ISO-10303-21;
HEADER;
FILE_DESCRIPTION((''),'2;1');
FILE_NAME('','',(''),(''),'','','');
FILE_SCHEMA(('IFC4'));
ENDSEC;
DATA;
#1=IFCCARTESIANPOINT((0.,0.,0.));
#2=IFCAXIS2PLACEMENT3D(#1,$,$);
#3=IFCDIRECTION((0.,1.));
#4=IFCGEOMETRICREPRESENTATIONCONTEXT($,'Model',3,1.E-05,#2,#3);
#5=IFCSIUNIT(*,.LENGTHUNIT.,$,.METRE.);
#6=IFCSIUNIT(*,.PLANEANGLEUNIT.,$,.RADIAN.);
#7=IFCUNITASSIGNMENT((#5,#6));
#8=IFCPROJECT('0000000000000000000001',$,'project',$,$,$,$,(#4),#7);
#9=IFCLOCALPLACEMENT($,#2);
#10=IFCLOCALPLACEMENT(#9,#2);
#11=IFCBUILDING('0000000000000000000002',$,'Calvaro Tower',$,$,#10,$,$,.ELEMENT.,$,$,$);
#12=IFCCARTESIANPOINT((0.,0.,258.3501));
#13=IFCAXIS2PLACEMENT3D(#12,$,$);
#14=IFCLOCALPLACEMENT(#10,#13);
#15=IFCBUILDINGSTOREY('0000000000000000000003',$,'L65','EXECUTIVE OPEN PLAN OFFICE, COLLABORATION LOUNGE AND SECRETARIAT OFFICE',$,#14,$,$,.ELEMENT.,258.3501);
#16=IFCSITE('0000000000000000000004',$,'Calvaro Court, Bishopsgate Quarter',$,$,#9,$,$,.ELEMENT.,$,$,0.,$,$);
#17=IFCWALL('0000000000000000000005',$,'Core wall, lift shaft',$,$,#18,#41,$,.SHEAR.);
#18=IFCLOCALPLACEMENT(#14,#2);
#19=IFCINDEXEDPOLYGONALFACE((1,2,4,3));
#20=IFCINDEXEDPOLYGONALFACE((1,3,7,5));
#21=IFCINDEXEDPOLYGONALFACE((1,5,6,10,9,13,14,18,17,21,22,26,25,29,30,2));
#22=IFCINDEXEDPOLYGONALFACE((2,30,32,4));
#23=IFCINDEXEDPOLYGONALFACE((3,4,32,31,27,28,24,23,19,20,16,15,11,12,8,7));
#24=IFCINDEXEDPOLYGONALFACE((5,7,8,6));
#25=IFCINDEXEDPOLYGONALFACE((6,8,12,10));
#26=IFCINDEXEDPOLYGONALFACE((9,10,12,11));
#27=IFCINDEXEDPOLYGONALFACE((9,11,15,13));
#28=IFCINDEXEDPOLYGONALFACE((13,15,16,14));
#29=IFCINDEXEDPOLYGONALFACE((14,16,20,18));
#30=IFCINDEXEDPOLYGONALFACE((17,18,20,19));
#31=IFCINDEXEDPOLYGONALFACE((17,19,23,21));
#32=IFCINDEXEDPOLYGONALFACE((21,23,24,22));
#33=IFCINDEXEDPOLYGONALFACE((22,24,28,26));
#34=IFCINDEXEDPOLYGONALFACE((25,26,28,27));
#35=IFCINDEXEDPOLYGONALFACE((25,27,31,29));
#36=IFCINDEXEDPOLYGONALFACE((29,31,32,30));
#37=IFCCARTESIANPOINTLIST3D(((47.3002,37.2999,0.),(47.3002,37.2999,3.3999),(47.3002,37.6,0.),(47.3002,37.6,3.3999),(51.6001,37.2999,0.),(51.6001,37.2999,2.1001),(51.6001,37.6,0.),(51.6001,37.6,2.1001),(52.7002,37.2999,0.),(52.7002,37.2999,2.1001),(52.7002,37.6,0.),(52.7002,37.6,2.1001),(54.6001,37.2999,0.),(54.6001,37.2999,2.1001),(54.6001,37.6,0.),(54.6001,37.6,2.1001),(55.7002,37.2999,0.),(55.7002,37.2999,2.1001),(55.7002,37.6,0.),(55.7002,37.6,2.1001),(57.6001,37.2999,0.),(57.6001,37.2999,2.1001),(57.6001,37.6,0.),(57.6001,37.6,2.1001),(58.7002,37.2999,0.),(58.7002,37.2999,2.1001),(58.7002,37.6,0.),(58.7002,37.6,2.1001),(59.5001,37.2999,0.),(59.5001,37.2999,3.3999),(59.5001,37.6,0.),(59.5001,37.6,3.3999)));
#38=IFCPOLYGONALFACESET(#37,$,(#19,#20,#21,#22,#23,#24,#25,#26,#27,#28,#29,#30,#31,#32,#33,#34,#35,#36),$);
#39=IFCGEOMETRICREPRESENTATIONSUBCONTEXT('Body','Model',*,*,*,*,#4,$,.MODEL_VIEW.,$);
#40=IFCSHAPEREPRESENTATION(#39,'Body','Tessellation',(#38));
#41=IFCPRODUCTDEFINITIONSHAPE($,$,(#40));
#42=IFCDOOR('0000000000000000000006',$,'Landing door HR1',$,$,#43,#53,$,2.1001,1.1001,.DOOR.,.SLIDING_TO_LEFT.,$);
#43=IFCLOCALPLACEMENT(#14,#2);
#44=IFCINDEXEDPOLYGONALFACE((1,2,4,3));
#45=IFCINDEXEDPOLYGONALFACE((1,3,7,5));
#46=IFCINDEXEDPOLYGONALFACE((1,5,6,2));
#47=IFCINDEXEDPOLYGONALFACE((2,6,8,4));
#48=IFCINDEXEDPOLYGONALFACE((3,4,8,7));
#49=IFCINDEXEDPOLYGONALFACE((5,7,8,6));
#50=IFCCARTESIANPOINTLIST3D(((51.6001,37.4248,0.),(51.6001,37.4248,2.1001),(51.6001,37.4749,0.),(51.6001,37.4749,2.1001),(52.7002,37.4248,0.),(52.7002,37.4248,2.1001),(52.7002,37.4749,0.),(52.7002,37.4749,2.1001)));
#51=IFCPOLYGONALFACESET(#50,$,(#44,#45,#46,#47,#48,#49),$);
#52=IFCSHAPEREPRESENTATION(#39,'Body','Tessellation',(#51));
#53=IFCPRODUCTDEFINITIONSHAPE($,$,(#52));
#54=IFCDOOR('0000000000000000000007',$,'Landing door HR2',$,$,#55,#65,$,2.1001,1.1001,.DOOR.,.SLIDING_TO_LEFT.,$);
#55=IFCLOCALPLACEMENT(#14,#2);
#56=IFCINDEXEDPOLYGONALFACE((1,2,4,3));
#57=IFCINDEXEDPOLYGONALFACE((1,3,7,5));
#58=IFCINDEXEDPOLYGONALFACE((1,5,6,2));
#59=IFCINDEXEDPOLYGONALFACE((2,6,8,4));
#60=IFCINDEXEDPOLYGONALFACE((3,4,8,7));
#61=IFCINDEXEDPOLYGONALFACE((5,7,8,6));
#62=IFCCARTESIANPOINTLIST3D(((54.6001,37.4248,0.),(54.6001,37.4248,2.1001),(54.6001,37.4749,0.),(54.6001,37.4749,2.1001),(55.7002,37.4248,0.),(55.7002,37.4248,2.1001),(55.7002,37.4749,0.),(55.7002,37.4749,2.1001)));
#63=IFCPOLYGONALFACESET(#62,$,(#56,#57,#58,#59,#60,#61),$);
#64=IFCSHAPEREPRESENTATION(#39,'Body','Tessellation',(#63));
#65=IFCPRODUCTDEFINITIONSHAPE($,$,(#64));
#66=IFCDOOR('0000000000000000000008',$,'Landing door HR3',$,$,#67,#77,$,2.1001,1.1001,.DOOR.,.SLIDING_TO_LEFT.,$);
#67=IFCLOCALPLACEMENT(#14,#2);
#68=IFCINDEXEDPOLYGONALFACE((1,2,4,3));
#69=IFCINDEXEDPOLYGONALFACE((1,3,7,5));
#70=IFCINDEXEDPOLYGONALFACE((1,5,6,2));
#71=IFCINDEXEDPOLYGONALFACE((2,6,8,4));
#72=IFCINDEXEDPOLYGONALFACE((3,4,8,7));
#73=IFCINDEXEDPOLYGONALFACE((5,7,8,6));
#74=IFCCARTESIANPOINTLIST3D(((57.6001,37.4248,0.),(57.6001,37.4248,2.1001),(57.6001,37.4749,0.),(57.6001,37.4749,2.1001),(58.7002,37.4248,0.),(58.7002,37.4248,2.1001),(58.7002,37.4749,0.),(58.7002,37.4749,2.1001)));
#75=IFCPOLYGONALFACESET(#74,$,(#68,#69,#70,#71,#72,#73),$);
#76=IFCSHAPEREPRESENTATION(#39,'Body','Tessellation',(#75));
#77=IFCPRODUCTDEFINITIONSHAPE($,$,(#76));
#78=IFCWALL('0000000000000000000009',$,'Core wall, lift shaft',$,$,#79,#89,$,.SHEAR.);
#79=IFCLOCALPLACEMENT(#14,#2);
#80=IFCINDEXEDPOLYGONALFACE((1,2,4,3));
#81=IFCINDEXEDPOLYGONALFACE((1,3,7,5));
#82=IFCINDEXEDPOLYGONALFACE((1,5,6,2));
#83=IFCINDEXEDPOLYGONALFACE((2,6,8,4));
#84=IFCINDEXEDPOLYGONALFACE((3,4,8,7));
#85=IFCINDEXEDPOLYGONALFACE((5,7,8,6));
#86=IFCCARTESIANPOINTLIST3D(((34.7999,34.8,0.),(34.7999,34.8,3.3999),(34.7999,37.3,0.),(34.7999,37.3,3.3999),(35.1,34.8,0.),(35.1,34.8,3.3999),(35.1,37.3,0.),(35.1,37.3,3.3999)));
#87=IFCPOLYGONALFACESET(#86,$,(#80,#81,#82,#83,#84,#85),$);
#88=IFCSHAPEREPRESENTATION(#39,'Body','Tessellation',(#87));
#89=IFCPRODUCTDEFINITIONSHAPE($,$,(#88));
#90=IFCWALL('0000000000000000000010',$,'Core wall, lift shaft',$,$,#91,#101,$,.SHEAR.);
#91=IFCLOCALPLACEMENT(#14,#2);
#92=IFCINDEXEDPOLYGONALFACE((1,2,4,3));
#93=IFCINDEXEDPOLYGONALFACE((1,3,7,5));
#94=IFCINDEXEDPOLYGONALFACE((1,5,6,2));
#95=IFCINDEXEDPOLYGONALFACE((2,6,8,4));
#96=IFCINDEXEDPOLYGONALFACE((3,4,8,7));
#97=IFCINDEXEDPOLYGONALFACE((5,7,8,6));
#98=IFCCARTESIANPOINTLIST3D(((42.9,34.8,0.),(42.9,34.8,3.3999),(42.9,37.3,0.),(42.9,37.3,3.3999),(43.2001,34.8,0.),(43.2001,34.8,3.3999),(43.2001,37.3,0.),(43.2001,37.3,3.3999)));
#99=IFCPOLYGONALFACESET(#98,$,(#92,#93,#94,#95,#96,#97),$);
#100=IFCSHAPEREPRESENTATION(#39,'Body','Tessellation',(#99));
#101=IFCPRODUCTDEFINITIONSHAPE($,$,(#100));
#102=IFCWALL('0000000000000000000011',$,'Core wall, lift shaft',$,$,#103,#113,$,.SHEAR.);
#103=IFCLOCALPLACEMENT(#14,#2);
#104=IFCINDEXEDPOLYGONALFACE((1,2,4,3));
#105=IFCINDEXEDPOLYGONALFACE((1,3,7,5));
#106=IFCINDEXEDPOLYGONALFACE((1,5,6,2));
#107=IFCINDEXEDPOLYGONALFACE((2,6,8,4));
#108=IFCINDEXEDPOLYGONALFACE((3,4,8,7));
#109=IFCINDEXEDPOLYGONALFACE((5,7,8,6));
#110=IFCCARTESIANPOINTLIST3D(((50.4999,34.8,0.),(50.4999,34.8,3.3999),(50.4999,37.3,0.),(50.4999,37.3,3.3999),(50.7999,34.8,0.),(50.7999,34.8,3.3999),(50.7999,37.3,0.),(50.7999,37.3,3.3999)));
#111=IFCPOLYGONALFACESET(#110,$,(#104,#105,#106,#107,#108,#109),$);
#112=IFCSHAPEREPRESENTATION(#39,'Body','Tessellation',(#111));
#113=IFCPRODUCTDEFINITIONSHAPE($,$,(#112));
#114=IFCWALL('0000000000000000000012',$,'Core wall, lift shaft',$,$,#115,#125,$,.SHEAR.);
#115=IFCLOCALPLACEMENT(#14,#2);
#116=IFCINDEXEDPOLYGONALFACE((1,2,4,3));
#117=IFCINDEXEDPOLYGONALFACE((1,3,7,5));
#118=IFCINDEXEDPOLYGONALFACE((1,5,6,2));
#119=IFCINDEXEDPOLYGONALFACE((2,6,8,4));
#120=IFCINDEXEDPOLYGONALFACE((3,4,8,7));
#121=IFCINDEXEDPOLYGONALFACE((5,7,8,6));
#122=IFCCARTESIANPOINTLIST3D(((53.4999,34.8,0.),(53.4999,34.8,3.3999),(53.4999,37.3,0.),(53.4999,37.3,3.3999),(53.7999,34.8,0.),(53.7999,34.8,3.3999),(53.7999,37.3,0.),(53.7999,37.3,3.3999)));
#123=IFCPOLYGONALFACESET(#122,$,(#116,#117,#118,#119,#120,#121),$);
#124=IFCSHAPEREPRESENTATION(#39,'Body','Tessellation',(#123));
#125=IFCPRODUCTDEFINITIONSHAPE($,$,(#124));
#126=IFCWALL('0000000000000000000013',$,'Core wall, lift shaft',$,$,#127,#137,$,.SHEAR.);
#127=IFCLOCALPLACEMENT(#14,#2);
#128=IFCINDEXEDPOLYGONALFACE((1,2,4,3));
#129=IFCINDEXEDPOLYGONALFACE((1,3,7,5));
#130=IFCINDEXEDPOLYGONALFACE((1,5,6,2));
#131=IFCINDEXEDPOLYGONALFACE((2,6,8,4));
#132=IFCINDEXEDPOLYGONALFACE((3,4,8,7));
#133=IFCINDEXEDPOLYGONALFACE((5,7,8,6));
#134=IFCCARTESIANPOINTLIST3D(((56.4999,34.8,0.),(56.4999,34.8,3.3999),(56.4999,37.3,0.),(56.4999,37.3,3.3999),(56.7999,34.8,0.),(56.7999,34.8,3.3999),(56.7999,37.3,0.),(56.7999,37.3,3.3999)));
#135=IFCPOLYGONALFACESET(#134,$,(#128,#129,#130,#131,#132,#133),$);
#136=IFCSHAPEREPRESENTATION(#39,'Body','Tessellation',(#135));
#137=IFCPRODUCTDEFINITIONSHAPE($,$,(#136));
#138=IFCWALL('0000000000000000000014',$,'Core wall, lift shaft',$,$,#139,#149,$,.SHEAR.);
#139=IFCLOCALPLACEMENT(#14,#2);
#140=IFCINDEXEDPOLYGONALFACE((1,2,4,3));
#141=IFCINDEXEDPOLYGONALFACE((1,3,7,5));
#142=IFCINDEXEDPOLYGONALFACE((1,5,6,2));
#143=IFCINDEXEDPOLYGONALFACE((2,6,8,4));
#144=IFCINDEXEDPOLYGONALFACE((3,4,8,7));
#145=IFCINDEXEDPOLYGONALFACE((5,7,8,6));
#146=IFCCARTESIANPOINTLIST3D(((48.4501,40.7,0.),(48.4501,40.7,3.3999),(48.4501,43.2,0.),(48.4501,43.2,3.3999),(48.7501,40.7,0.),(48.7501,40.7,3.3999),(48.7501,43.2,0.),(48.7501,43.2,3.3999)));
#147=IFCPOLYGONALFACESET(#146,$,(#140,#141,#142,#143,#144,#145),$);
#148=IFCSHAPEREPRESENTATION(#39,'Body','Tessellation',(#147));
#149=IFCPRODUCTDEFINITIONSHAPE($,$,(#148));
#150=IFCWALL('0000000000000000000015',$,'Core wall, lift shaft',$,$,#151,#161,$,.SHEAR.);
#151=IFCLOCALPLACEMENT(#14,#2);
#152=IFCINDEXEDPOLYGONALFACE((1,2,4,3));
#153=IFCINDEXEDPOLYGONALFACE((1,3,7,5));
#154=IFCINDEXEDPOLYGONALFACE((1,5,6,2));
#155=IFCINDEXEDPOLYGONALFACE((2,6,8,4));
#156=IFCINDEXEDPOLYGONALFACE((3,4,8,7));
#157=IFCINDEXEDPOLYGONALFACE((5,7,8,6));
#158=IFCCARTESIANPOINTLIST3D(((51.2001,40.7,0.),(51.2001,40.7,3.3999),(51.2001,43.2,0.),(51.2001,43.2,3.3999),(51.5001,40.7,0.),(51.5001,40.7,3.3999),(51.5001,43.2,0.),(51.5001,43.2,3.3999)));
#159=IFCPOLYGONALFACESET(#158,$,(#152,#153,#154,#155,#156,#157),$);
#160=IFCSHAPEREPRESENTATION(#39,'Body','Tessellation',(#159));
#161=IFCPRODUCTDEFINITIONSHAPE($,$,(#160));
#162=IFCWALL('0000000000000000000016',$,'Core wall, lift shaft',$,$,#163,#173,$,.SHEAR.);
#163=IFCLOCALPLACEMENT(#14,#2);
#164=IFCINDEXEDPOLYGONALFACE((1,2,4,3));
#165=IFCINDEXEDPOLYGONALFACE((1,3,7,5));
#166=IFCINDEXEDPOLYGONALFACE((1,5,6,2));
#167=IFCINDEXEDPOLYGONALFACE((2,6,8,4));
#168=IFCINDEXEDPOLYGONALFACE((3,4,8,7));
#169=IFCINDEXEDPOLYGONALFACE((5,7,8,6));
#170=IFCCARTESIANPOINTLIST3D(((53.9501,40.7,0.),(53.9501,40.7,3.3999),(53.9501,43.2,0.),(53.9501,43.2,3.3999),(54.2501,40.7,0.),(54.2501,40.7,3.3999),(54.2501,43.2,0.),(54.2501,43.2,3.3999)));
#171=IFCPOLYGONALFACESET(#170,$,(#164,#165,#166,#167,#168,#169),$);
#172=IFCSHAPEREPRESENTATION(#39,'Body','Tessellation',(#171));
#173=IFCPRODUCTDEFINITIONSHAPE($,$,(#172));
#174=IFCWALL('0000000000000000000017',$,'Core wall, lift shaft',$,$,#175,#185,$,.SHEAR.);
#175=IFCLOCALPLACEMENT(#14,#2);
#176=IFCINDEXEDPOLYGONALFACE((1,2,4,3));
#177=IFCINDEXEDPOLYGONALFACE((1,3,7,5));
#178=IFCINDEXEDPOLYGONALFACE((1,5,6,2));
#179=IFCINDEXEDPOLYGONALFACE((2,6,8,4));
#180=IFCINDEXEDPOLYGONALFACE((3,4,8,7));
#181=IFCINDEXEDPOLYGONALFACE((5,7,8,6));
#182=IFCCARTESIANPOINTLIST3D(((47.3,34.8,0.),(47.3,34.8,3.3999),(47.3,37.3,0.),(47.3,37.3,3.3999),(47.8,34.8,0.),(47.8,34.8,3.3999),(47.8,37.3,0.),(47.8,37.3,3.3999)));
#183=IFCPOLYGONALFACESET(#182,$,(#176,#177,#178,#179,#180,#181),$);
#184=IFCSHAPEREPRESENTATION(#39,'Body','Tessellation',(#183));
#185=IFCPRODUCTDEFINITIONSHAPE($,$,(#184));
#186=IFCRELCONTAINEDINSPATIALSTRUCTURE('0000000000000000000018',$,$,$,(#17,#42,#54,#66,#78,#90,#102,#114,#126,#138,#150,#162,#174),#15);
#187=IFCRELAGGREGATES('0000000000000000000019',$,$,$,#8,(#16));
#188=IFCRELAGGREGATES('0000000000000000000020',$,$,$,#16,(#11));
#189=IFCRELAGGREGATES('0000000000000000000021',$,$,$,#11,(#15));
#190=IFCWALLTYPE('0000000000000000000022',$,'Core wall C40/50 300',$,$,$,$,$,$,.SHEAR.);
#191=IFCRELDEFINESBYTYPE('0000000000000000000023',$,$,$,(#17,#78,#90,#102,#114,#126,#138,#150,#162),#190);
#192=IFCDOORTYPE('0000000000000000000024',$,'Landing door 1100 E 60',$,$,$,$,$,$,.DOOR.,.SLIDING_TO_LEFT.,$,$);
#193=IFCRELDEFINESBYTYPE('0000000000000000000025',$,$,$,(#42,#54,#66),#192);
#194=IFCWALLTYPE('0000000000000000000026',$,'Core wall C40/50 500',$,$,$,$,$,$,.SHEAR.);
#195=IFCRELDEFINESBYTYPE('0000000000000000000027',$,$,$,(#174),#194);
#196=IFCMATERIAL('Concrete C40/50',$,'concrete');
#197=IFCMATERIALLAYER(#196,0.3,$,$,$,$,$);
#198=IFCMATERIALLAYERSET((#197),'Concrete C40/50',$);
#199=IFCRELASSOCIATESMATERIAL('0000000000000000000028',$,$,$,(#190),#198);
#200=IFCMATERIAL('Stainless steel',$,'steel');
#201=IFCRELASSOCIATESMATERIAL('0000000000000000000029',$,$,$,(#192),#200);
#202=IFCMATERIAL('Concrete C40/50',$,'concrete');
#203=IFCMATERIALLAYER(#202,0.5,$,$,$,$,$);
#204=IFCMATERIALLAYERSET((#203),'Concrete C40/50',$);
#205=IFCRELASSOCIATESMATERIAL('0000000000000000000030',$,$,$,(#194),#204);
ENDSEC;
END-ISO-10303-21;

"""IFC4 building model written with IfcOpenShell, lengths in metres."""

from ifc_helpers import new_model, si_unit, direction, frame, frame_2d, origin, place, context, subcontext, project, spatial, rectangle, extrude, material, layer, layer_set, type_object, element, fill, save


model = new_model("IFC4")

# Units and contexts
model_context = context("Model", 3, precision=1e-05, world=origin(), true_north=direction((0.0, 1.0)))
body_context = subcontext(model_context, "Body", "Model", "MODEL_VIEW")
ifc_project = project(units=[si_unit("LENGTHUNIT", "METRE"), si_unit("PLANEANGLEUNIT", "RADIAN")], contexts=[model_context])

# Site, building, storey
site_placement = place(None, origin())
site = spatial("IfcSite", under=ifc_project, at=site_placement, Name="Calvaro Court, Bishopsgate Quarter", CompositionType="ELEMENT", RefElevation=0.0)
building_placement = place(site_placement, origin())
building = spatial("IfcBuilding", under=site, at=building_placement, Name="Calvaro Tower", CompositionType="ELEMENT")
storey_placement = place(building_placement, frame((0.0, 0.0, 258.3501)))
storey = spatial("IfcBuildingStorey", under=building, at=storey_placement, Name="L65", Description="EXECUTIVE OPEN PLAN OFFICE, COLLABORATION LOUNGE AND SECRETARIAT OFFICE", CompositionType="ELEMENT", Elevation=258.3501)

# Shared definitions
ifc_material_1 = material(Name="Concrete C40/50", Category="concrete")
ifc_layer_1 = layer(ifc_material_1, 0.3)
ifc_layer_set_1 = layer_set([ifc_layer_1], Name="Concrete C40/50")
wall_type_1 = type_object("IfcWallType", Name="Core wall C40/50 300", PredefinedType="SHEAR", material=ifc_layer_set_1)

# Shared definitions
ifc_material_2 = material(Name="Stainless steel", Category="steel")
door_type_1 = type_object("IfcDoorType", Name="Landing door 1100 E 60", OperationType="SLIDING_TO_LEFT", PredefinedType="DOOR", material=ifc_material_2)

# Wall, openings, doors
wall_1_placement = place(storey_placement, frame((47.3, 37.45, 0.0), z_axis=(0.0, 0.0, 1.0), x_axis=(1.0, 0.0, 0.0)))
wall_1 = element("IfcWall", 1, at=wall_1_placement, inside=storey, type_object=wall_type_1, Name="Core wall, lift shaft", PredefinedType="SHEAR", context=body_context, shape_type="SweptSolid", body=[
    extrude(rectangle(XDim=12.2, YDim=0.3, at=frame_2d((6.1001, 0.0))), origin(), (0.0, 0.0, 1.0), 3.3999),
])
opening_1_placement = place(wall_1_placement, frame((4.3, 0.0, 0.0)))
opening_1 = element("IfcOpeningElement", 2, at=opening_1_placement, cuts=wall_1, PredefinedType="OPENING", context=body_context, shape_type="SweptSolid", body=[
    extrude(rectangle(XDim=1.1001, YDim=2.1001, at=frame_2d((0.55, 1.05))), frame((0.0, 0.1599, 0.0), z_axis=(0.0, -1.0, 0.0), x_axis=(1.0, 0.0, 0.0)), (0.0, 0.0, 1.0), 0.3201),
])
opening_2_placement = place(wall_1_placement, frame((7.3, 0.0, 0.0)))
opening_2 = element("IfcOpeningElement", 3, at=opening_2_placement, cuts=wall_1, PredefinedType="OPENING", context=body_context, shape_type="SweptSolid", body=[
    extrude(rectangle(XDim=1.1001, YDim=2.1001, at=frame_2d((0.55, 1.05))), frame((0.0, 0.1599, 0.0), z_axis=(0.0, -1.0, 0.0), x_axis=(1.0, 0.0, 0.0)), (0.0, 0.0, 1.0), 0.3201),
])
opening_3_placement = place(wall_1_placement, frame((10.3, 0.0, 0.0)))
opening_3 = element("IfcOpeningElement", 4, at=opening_3_placement, cuts=wall_1, PredefinedType="OPENING", context=body_context, shape_type="SweptSolid", body=[
    extrude(rectangle(XDim=1.1001, YDim=2.1001, at=frame_2d((0.55, 1.05))), frame((0.0, 0.1599, 0.0), z_axis=(0.0, -1.0, 0.0), x_axis=(1.0, 0.0, 0.0)), (0.0, 0.0, 1.0), 0.3201),
])
door_1_placement = place(opening_1_placement, origin())
door_1 = element("IfcDoor", 5, at=door_1_placement, inside=storey, type_object=door_type_1, Name="Landing door HR1", OperationType="SLIDING_TO_LEFT", OverallHeight=2.1001, OverallWidth=1.1001, PredefinedType="DOOR", context=body_context, shape_type="SweptSolid", body=[
    extrude(rectangle(XDim=1.1001, YDim=2.1001, at=frame_2d((0.55, 1.05))), frame((0.0, 0.0249, 0.0), z_axis=(0.0, -1.0, 0.0), x_axis=(1.0, 0.0, 0.0)), (0.0, 0.0, 1.0), 0.05),
])
fill(opening_1, door_1)
door_2_placement = place(opening_2_placement, origin())
door_2 = element("IfcDoor", 6, at=door_2_placement, inside=storey, type_object=door_type_1, Name="Landing door HR2", OperationType="SLIDING_TO_LEFT", OverallHeight=2.1001, OverallWidth=1.1001, PredefinedType="DOOR", context=body_context, shape_type="SweptSolid", body=[
    extrude(rectangle(XDim=1.1001, YDim=2.1001, at=frame_2d((0.55, 1.05))), frame((0.0, 0.0249, 0.0), z_axis=(0.0, -1.0, 0.0), x_axis=(1.0, 0.0, 0.0)), (0.0, 0.0, 1.0), 0.05),
])
fill(opening_2, door_2)
door_3_placement = place(opening_3_placement, origin())
door_3 = element("IfcDoor", 7, at=door_3_placement, inside=storey, type_object=door_type_1, Name="Landing door HR3", OperationType="SLIDING_TO_LEFT", OverallHeight=2.1001, OverallWidth=1.1001, PredefinedType="DOOR", context=body_context, shape_type="SweptSolid", body=[
    extrude(rectangle(XDim=1.1001, YDim=2.1001, at=frame_2d((0.55, 1.05))), frame((0.0, 0.0249, 0.0), z_axis=(0.0, -1.0, 0.0), x_axis=(1.0, 0.0, 0.0)), (0.0, 0.0, 1.0), 0.05),
])
fill(opening_3, door_3)

# Walls
for number, where, z_axis, x_axis, name in (
    (8, (34.95, 34.8, 0.0), (0.0, 0.0, 1.0), (0.0, 1.0, 0.0), "Core wall, lift shaft"),
    (9, (43.05, 34.8, 0.0), (0.0, 0.0, 1.0), (0.0, 1.0, 0.0), "Core wall, lift shaft"),
    (10, (50.6499, 34.8, 0.0), (0.0, 0.0, 1.0), (0.0, 1.0, 0.0), "Core wall, lift shaft"),
    (11, (53.6499, 34.8, 0.0), (0.0, 0.0, 1.0), (0.0, 1.0, 0.0), "Core wall, lift shaft"),
    (12, (56.6499, 34.8, 0.0), (0.0, 0.0, 1.0), (0.0, 1.0, 0.0), "Core wall, lift shaft"),
    (13, (48.6001, 40.7, 0.0), (0.0, 0.0, 1.0), (0.0, 1.0, 0.0), "Core wall, lift shaft"),
    (14, (51.3501, 40.7, 0.0), (0.0, 0.0, 1.0), (0.0, 1.0, 0.0), "Core wall, lift shaft"),
    (15, (54.1001, 40.7, 0.0), (0.0, 0.0, 1.0), (0.0, 1.0, 0.0), "Core wall, lift shaft"),
):
    element("IfcWall", number, at=place(storey_placement, frame(where, z_axis=z_axis, x_axis=x_axis)), inside=storey, type_object=wall_type_1, Name=name, PredefinedType="SHEAR", context=body_context, shape_type="SweptSolid", body=[
        extrude(rectangle(XDim=2.5, YDim=0.3, at=frame_2d((1.25, 0.0))), origin(), (0.0, 0.0, 1.0), 3.3999),
    ])
ifc_material_3 = material(Name="Concrete C40/50", Category="concrete")
ifc_layer_2 = layer(ifc_material_3, 0.5)
ifc_layer_set_2 = layer_set([ifc_layer_2], Name="Concrete C40/50")
wall_type_2 = type_object("IfcWallType", Name="Core wall C40/50 500", PredefinedType="SHEAR", material=ifc_layer_set_2)
wall_2_placement = place(storey_placement, frame((47.55, 34.8, 0.0), z_axis=(0.0, 0.0, 1.0), x_axis=(0.0, 1.0, 0.0)))
element("IfcWall", 16, at=wall_2_placement, inside=storey, type_object=wall_type_2, Name="Core wall, lift shaft", PredefinedType="SHEAR", context=body_context, shape_type="SweptSolid", body=[
    extrude(rectangle(XDim=2.5, YDim=0.5, at=frame_2d((1.25, 0.0))), origin(), (0.0, 0.0, 1.0), 3.3999),
])

save(model, "model.ifc")
